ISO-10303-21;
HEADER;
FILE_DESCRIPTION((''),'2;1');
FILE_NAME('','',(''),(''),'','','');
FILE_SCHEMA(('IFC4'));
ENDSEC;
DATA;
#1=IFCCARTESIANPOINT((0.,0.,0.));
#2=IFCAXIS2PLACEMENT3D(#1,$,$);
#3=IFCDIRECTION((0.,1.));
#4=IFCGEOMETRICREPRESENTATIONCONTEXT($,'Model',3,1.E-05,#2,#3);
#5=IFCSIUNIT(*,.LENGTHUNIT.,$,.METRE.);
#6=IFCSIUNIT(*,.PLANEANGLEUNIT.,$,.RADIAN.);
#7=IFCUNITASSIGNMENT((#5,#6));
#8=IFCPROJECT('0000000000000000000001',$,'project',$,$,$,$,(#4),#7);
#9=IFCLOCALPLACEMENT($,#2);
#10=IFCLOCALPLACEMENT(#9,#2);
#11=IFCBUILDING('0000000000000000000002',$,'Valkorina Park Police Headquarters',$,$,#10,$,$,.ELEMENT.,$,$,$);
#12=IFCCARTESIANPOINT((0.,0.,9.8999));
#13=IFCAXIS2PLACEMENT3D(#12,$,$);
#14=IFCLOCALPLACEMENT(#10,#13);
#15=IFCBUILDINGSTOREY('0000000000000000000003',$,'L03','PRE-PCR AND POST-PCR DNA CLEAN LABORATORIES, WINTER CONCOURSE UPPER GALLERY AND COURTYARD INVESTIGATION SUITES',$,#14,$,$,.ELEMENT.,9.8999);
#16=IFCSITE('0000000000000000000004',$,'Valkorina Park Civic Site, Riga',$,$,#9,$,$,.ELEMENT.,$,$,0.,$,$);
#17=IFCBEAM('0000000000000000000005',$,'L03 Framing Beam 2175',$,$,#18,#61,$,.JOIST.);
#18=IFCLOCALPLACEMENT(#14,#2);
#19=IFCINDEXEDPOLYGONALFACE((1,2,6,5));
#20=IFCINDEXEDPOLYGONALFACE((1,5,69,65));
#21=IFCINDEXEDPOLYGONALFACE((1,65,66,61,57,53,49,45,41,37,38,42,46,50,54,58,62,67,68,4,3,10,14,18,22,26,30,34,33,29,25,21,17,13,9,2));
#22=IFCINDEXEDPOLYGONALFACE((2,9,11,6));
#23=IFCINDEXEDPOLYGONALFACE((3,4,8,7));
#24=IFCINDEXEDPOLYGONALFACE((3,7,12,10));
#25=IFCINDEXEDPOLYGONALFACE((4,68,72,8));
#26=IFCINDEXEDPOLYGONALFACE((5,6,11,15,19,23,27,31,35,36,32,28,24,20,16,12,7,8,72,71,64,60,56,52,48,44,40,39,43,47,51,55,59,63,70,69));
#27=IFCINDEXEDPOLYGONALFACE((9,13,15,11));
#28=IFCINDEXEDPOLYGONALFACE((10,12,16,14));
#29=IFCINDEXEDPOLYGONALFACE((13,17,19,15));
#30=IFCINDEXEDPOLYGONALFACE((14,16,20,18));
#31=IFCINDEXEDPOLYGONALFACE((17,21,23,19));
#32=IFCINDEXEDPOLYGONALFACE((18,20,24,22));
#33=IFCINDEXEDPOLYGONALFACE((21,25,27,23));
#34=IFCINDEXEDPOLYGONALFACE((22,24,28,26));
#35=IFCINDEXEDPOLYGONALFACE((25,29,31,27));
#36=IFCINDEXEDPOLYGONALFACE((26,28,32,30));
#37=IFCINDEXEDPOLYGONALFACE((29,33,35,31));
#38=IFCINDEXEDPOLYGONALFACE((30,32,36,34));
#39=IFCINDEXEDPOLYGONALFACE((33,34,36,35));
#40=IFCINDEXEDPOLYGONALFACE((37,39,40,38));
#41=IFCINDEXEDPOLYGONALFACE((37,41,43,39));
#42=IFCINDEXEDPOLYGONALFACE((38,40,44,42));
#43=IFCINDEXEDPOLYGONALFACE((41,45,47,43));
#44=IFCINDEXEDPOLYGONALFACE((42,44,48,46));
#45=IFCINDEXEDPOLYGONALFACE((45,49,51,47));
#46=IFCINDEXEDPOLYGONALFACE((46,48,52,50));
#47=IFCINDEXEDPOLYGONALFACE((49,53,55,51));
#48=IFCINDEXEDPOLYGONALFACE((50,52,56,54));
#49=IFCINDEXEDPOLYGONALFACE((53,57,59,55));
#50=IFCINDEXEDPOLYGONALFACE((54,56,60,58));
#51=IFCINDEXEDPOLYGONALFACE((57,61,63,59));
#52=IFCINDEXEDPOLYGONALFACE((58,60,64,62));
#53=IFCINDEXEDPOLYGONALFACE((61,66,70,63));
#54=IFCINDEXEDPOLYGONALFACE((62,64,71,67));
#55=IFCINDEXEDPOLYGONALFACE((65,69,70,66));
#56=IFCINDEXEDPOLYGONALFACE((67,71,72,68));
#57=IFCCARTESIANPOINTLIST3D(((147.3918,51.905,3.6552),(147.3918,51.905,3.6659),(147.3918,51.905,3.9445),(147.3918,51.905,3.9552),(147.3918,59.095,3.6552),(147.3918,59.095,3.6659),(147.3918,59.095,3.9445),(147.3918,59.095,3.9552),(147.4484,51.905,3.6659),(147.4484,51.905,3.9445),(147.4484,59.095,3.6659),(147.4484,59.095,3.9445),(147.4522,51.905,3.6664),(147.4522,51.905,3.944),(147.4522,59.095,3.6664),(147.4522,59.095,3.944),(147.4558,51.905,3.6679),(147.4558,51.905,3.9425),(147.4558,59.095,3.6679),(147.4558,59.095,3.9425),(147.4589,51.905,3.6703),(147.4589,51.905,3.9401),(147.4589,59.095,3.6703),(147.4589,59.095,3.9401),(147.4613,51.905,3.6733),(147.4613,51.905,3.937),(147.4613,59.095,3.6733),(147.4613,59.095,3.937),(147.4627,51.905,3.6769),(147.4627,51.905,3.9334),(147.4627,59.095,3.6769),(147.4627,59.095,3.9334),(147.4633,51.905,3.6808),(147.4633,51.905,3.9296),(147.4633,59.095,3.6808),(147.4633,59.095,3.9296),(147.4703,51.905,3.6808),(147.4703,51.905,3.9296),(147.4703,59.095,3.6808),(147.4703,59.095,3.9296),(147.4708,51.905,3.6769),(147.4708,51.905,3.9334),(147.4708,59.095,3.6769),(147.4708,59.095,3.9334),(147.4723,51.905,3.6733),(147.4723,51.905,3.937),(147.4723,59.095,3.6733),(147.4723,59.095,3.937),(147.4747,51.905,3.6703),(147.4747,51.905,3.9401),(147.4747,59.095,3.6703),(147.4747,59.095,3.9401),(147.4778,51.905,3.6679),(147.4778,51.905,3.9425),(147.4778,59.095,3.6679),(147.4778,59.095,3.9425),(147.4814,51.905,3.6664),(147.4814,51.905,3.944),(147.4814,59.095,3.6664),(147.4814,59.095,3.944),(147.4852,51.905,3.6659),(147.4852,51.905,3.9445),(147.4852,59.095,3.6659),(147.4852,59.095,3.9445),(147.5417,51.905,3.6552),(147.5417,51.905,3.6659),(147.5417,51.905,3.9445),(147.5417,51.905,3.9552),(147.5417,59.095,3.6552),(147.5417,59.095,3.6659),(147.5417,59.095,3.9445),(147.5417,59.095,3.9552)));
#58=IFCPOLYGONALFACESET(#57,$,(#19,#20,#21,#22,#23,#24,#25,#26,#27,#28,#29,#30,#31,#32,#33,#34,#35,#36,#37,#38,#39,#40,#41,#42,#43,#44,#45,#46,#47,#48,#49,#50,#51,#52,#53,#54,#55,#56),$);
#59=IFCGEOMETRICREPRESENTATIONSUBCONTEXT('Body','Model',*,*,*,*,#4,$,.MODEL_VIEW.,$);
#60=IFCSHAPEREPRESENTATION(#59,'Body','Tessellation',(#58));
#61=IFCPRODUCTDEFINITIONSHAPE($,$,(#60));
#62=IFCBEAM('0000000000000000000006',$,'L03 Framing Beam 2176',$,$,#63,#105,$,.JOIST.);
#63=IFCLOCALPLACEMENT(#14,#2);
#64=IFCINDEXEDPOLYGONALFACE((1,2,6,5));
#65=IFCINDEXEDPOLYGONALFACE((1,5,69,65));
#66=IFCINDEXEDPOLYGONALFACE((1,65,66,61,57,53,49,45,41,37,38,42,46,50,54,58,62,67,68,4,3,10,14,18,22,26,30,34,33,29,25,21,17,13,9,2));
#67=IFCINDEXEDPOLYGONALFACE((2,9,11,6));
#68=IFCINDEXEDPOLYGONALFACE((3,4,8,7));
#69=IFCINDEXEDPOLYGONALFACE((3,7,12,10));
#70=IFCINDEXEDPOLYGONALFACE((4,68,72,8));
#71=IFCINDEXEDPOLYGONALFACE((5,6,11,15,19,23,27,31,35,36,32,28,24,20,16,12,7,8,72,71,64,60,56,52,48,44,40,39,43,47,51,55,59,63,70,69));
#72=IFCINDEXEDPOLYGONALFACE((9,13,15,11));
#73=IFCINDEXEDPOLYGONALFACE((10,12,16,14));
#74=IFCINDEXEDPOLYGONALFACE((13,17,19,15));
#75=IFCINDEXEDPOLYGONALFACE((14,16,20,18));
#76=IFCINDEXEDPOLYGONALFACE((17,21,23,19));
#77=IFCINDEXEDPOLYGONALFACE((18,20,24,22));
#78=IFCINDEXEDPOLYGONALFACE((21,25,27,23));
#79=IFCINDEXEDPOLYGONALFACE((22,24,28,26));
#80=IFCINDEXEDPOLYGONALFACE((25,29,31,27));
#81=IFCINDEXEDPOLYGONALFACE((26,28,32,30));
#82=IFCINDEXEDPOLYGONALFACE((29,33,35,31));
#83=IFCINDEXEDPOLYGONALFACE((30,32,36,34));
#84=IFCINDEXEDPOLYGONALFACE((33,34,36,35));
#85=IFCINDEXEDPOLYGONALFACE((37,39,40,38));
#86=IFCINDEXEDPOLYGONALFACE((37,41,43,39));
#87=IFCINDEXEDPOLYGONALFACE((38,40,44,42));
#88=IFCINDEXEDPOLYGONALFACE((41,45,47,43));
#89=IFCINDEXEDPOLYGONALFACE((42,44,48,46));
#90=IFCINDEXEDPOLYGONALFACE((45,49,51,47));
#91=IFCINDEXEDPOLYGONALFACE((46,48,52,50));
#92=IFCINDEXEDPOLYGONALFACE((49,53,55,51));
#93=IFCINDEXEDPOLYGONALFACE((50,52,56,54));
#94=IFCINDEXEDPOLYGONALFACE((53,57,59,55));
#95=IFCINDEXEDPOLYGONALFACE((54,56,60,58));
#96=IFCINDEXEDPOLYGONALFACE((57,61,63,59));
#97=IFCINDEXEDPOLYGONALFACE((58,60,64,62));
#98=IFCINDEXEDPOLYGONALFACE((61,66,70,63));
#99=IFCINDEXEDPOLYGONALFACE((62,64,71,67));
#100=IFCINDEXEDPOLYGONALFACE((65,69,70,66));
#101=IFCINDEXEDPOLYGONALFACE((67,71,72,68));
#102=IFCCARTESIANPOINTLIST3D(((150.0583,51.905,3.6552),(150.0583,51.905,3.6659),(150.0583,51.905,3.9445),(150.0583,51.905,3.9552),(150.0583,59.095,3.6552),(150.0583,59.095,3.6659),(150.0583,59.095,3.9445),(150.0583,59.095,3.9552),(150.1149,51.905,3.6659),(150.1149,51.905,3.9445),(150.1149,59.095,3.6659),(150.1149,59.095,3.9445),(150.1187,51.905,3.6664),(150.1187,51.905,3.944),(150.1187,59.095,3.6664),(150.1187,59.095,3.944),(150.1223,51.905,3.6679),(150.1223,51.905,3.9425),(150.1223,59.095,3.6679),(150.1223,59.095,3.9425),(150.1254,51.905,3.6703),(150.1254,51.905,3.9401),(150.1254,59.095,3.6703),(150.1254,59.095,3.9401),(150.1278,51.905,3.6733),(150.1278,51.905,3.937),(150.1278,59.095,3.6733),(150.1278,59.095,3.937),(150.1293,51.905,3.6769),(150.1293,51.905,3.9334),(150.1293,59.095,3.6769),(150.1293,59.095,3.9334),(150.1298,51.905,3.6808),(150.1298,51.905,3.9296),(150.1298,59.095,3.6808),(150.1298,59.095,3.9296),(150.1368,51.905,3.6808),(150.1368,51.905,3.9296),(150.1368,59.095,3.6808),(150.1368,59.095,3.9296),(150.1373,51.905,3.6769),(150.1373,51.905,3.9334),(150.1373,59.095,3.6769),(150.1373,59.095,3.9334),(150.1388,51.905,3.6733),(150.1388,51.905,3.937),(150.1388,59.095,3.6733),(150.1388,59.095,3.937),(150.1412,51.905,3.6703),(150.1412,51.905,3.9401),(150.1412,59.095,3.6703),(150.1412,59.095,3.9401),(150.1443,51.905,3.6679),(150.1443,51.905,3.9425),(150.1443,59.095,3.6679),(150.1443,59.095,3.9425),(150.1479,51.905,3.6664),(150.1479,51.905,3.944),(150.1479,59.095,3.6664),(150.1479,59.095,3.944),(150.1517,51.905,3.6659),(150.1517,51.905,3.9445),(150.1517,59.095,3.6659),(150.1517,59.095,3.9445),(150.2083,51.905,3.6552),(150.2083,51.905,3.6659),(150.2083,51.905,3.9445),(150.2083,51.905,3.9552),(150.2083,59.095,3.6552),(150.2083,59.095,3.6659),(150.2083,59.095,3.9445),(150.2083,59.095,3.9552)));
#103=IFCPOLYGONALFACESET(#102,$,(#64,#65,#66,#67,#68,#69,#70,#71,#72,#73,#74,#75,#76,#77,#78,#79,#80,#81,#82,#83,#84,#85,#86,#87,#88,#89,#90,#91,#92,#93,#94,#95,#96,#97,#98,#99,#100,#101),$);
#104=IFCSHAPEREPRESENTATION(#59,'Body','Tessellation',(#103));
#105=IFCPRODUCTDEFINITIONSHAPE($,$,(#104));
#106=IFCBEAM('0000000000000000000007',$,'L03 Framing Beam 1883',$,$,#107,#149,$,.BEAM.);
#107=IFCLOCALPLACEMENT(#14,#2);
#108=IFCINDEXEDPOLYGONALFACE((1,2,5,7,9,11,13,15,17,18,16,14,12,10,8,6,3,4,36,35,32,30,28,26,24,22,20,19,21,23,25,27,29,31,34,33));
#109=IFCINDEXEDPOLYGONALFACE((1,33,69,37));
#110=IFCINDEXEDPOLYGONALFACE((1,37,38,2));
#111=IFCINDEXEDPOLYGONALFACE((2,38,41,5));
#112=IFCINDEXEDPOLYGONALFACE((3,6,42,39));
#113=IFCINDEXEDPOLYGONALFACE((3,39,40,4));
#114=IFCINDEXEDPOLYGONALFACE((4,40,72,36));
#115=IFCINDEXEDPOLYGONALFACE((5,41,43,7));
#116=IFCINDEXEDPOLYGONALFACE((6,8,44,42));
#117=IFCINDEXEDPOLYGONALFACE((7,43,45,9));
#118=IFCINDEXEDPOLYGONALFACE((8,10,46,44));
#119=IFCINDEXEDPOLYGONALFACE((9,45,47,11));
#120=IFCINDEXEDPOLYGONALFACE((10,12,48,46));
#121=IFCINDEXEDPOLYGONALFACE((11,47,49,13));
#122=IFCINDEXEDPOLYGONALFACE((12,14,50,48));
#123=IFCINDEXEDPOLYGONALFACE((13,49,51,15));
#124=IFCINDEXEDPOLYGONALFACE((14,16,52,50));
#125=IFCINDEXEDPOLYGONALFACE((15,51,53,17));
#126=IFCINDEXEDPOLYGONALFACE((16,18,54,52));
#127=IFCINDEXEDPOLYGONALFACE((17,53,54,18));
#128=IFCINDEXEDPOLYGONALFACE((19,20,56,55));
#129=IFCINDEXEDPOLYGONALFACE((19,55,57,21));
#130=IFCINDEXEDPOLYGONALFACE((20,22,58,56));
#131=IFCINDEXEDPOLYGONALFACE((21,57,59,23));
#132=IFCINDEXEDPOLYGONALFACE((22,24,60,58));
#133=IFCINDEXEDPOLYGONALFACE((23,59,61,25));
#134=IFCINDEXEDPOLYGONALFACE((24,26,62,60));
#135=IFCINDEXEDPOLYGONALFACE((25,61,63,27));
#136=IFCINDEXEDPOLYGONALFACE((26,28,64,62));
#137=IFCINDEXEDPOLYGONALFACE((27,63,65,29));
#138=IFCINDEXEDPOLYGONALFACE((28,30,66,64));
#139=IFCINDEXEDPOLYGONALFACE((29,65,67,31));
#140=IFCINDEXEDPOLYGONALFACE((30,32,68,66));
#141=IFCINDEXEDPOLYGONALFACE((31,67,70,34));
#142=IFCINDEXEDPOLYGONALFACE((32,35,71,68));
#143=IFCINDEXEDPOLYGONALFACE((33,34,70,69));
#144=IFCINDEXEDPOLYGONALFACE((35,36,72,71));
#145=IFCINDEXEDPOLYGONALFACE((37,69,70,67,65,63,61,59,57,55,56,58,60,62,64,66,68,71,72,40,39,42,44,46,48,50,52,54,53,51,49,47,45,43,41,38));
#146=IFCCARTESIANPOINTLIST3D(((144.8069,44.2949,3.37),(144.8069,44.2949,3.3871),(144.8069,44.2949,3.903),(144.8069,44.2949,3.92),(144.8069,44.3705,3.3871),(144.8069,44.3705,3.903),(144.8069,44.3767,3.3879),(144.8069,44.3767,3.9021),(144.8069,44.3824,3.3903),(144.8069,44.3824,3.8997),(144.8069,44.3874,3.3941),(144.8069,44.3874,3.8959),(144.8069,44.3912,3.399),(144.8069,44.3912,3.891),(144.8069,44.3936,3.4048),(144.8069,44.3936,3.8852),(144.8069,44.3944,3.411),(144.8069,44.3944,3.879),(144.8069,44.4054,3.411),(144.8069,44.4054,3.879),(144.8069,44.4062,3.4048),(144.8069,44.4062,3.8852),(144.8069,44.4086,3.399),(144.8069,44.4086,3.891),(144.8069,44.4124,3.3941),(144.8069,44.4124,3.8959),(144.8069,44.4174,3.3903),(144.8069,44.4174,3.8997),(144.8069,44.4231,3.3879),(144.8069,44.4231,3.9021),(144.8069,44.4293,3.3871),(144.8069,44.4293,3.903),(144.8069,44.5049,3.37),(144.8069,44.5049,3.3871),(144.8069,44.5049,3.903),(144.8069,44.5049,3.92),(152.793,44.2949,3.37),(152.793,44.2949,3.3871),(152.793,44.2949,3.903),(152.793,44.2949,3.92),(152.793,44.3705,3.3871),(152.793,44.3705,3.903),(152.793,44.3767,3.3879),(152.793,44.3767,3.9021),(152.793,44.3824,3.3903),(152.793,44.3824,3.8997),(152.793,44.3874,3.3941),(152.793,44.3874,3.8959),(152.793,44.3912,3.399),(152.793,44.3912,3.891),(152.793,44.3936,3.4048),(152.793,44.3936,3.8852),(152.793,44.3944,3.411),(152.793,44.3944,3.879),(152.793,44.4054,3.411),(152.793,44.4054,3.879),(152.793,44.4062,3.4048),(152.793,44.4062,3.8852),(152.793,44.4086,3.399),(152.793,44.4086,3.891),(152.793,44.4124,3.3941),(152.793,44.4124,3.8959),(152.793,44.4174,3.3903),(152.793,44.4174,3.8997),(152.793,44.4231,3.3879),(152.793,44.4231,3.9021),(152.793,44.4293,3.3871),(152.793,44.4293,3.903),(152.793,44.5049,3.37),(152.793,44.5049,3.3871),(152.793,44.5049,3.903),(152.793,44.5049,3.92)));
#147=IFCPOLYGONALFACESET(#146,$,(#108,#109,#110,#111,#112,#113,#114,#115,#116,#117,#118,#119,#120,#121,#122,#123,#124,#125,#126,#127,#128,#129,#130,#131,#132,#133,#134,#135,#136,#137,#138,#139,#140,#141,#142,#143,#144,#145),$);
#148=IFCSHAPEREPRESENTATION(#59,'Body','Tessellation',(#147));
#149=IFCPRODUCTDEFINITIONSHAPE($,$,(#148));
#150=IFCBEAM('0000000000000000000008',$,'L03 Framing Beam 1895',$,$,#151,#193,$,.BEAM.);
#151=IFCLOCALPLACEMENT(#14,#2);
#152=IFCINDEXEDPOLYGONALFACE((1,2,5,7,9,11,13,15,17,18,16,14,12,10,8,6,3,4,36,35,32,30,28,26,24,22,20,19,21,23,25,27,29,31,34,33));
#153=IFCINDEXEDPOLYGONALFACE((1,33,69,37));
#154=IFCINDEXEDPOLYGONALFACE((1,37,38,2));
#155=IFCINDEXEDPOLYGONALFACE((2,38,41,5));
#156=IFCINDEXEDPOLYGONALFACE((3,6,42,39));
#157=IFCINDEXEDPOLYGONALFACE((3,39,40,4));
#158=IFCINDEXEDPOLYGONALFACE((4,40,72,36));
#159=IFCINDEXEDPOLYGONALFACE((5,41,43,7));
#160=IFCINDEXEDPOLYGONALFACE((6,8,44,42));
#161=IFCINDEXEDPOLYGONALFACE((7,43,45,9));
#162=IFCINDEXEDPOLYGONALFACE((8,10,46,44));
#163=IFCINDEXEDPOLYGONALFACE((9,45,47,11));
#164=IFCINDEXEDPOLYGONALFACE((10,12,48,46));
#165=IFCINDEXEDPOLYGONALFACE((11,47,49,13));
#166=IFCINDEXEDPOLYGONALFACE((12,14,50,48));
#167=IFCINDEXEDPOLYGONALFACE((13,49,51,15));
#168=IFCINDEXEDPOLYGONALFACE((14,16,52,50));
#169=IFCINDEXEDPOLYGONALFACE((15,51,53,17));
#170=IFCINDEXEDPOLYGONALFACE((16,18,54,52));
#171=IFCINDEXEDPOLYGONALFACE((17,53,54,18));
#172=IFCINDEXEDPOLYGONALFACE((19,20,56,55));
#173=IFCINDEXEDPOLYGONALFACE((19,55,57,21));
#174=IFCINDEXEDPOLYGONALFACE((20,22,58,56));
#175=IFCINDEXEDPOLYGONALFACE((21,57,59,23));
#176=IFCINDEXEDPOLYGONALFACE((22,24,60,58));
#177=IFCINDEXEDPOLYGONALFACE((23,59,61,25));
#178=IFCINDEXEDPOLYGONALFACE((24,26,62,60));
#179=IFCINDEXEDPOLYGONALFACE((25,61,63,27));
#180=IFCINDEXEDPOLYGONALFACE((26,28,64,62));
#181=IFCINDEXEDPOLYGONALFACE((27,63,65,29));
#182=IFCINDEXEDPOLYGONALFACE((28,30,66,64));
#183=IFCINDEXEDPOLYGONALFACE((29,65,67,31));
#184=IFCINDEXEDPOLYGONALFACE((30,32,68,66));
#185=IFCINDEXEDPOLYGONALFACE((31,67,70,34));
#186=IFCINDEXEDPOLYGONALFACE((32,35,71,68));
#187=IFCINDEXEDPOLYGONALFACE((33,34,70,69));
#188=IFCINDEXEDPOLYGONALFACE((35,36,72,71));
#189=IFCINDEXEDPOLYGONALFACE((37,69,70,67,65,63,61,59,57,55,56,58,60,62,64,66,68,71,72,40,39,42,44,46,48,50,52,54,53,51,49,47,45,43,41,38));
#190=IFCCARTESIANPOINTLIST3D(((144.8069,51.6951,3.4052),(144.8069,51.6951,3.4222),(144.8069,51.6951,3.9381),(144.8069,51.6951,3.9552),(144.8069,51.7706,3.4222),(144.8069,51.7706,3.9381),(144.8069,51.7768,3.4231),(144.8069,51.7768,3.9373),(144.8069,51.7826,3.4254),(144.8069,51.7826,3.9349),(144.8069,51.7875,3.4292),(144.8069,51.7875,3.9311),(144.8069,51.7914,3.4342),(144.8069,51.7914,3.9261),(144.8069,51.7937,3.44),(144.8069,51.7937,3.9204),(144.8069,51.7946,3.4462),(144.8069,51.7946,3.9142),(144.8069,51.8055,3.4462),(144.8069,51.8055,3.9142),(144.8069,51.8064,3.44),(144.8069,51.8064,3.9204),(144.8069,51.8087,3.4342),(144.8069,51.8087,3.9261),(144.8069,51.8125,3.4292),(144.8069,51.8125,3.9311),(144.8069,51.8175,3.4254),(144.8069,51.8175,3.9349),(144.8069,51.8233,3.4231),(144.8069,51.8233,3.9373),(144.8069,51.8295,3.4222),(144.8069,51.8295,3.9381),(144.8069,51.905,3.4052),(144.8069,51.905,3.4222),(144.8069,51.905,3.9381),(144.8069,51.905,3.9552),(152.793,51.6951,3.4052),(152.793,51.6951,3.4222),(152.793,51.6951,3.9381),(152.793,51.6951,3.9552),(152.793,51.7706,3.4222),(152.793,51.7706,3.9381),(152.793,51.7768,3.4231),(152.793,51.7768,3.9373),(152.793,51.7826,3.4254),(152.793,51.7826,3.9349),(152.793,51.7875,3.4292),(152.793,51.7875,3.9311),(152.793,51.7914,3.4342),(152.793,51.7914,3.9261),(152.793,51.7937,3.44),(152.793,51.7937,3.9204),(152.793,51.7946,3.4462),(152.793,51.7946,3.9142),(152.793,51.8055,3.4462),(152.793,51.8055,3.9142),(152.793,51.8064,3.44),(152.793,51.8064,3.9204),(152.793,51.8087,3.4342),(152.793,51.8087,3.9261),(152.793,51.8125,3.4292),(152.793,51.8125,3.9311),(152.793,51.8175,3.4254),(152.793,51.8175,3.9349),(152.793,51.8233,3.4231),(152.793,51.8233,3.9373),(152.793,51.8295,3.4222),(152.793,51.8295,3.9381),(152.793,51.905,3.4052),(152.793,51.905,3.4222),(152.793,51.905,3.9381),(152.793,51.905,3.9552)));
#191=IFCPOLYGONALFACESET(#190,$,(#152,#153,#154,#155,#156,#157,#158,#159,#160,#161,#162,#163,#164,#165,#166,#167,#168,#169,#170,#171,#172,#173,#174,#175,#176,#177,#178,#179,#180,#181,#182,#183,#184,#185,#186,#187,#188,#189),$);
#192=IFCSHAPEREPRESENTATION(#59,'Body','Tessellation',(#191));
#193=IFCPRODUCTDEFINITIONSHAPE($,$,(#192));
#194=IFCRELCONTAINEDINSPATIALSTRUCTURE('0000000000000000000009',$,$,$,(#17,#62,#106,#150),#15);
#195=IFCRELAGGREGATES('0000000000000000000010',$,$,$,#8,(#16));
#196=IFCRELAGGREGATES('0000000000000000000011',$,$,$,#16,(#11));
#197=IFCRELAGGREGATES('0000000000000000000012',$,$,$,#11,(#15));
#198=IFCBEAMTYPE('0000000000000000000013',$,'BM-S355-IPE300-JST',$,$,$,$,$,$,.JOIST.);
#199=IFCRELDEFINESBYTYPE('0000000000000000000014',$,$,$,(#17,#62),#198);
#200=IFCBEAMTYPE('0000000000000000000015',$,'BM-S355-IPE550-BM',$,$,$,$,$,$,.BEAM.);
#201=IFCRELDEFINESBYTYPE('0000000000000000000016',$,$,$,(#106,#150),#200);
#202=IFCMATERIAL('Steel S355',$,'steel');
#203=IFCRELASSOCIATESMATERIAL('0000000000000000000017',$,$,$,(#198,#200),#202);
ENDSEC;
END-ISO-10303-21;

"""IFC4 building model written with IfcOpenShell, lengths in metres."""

from ifc_helpers import new_model, si_unit, direction, frame, origin, origin_2d, place, context, subcontext, project, spatial, i_section, extrude, material, material_profile, profile_set, type_object, element, save


model = new_model("IFC4")

# Units and contexts
model_context = context("Model", 3, precision=1e-05, world=origin(), true_north=direction((0.0, 1.0)))
body_context = subcontext(model_context, "Body", "Model", "MODEL_VIEW")
ifc_project = project(units=[si_unit("LENGTHUNIT", "METRE"), si_unit("PLANEANGLEUNIT", "RADIAN")], contexts=[model_context])

# Site, building, storey
site_placement = place(None, origin())
site = spatial("IfcSite", under=ifc_project, at=site_placement, Name="Valkorina Park Civic Site, Riga", CompositionType="ELEMENT", RefElevation=0.0)
building_placement = place(site_placement, origin())
building = spatial("IfcBuilding", under=site, at=building_placement, Name="Valkorina Park Police Headquarters", CompositionType="ELEMENT")
storey_placement = place(building_placement, frame((0.0, 0.0, 9.8999)))
storey = spatial("IfcBuildingStorey", under=building, at=storey_placement, Name="L03", Description="PRE-PCR AND POST-PCR DNA CLEAN LABORATORIES, WINTER CONCOURSE UPPER GALLERY AND COURTYARD INVESTIGATION SUITES", CompositionType="ELEMENT", Elevation=9.8999)

# Shared definitions
ifc_material_1 = material(Name="Steel S355", Category="steel")

# Beams
ifc_material_profile_1 = material_profile(ifc_material_1, i_section(OverallWidth=0.1499, OverallDepth=0.3, WebThickness=0.0071, FlangeThickness=0.0107, FilletRadius=0.0149, at=origin_2d()), Name="IPE 300")
ifc_profile_set_1 = profile_set([ifc_material_profile_1], Name="Steel S355")
beam_type_1 = type_object("IfcBeamType", Name="BM-S355-IPE300-JST", PredefinedType="JOIST", material=ifc_profile_set_1)
for number, where, z_axis, x_axis, name in (
    (1, (147.4668, 51.905, 3.8052), (0.0, 1.0, 0.0), (-1.0, 0.0, 0.0), "L03 Framing Beam 2175"),
    (2, (150.1333, 51.905, 3.8052), (0.0, 1.0, 0.0), (-1.0, 0.0, 0.0), "L03 Framing Beam 2176"),
):
    element("IfcBeam", number, at=place(storey_placement, frame(where, z_axis=z_axis, x_axis=x_axis)), inside=storey, type_object=beam_type_1, Name=name, PredefinedType="JOIST", context=body_context, shape_type="SweptSolid", body=[
        extrude(i_section(OverallWidth=0.1499, OverallDepth=0.3, WebThickness=0.0071, FlangeThickness=0.0107, FilletRadius=0.0149, at=origin_2d()), origin(), (0.0, 0.0, 1.0), 7.1899),
    ])
ifc_material_profile_2 = material_profile(ifc_material_1, i_section(OverallWidth=0.21, OverallDepth=0.55, WebThickness=0.011, FlangeThickness=0.0171, FilletRadius=0.0239, at=origin_2d()), Name="IPE 550")
ifc_profile_set_2 = profile_set([ifc_material_profile_2], Name="Steel S355")
beam_type_2 = type_object("IfcBeamType", Name="BM-S355-IPE550-BM", PredefinedType="BEAM", material=ifc_profile_set_2)
for number, where, z_axis, x_axis, name in (
    (3, (144.8069, 44.3999, 3.645), (1.0, 0.0, 0.0), (0.0, 1.0, 0.0), "L03 Framing Beam 1883"),
    (4, (144.8069, 51.8, 3.6802), (1.0, 0.0, 0.0), (0.0, 1.0, 0.0), "L03 Framing Beam 1895"),
):
    element("IfcBeam", number, at=place(storey_placement, frame(where, z_axis=z_axis, x_axis=x_axis)), inside=storey, type_object=beam_type_2, Name=name, PredefinedType="BEAM", context=body_context, shape_type="SweptSolid", body=[
        extrude(i_section(OverallWidth=0.21, OverallDepth=0.55, WebThickness=0.011, FlangeThickness=0.0171, FilletRadius=0.0239, at=origin_2d()), origin(), (0.0, 0.0, 1.0), 7.9861),
    ])

save(model, "model.ifc")
